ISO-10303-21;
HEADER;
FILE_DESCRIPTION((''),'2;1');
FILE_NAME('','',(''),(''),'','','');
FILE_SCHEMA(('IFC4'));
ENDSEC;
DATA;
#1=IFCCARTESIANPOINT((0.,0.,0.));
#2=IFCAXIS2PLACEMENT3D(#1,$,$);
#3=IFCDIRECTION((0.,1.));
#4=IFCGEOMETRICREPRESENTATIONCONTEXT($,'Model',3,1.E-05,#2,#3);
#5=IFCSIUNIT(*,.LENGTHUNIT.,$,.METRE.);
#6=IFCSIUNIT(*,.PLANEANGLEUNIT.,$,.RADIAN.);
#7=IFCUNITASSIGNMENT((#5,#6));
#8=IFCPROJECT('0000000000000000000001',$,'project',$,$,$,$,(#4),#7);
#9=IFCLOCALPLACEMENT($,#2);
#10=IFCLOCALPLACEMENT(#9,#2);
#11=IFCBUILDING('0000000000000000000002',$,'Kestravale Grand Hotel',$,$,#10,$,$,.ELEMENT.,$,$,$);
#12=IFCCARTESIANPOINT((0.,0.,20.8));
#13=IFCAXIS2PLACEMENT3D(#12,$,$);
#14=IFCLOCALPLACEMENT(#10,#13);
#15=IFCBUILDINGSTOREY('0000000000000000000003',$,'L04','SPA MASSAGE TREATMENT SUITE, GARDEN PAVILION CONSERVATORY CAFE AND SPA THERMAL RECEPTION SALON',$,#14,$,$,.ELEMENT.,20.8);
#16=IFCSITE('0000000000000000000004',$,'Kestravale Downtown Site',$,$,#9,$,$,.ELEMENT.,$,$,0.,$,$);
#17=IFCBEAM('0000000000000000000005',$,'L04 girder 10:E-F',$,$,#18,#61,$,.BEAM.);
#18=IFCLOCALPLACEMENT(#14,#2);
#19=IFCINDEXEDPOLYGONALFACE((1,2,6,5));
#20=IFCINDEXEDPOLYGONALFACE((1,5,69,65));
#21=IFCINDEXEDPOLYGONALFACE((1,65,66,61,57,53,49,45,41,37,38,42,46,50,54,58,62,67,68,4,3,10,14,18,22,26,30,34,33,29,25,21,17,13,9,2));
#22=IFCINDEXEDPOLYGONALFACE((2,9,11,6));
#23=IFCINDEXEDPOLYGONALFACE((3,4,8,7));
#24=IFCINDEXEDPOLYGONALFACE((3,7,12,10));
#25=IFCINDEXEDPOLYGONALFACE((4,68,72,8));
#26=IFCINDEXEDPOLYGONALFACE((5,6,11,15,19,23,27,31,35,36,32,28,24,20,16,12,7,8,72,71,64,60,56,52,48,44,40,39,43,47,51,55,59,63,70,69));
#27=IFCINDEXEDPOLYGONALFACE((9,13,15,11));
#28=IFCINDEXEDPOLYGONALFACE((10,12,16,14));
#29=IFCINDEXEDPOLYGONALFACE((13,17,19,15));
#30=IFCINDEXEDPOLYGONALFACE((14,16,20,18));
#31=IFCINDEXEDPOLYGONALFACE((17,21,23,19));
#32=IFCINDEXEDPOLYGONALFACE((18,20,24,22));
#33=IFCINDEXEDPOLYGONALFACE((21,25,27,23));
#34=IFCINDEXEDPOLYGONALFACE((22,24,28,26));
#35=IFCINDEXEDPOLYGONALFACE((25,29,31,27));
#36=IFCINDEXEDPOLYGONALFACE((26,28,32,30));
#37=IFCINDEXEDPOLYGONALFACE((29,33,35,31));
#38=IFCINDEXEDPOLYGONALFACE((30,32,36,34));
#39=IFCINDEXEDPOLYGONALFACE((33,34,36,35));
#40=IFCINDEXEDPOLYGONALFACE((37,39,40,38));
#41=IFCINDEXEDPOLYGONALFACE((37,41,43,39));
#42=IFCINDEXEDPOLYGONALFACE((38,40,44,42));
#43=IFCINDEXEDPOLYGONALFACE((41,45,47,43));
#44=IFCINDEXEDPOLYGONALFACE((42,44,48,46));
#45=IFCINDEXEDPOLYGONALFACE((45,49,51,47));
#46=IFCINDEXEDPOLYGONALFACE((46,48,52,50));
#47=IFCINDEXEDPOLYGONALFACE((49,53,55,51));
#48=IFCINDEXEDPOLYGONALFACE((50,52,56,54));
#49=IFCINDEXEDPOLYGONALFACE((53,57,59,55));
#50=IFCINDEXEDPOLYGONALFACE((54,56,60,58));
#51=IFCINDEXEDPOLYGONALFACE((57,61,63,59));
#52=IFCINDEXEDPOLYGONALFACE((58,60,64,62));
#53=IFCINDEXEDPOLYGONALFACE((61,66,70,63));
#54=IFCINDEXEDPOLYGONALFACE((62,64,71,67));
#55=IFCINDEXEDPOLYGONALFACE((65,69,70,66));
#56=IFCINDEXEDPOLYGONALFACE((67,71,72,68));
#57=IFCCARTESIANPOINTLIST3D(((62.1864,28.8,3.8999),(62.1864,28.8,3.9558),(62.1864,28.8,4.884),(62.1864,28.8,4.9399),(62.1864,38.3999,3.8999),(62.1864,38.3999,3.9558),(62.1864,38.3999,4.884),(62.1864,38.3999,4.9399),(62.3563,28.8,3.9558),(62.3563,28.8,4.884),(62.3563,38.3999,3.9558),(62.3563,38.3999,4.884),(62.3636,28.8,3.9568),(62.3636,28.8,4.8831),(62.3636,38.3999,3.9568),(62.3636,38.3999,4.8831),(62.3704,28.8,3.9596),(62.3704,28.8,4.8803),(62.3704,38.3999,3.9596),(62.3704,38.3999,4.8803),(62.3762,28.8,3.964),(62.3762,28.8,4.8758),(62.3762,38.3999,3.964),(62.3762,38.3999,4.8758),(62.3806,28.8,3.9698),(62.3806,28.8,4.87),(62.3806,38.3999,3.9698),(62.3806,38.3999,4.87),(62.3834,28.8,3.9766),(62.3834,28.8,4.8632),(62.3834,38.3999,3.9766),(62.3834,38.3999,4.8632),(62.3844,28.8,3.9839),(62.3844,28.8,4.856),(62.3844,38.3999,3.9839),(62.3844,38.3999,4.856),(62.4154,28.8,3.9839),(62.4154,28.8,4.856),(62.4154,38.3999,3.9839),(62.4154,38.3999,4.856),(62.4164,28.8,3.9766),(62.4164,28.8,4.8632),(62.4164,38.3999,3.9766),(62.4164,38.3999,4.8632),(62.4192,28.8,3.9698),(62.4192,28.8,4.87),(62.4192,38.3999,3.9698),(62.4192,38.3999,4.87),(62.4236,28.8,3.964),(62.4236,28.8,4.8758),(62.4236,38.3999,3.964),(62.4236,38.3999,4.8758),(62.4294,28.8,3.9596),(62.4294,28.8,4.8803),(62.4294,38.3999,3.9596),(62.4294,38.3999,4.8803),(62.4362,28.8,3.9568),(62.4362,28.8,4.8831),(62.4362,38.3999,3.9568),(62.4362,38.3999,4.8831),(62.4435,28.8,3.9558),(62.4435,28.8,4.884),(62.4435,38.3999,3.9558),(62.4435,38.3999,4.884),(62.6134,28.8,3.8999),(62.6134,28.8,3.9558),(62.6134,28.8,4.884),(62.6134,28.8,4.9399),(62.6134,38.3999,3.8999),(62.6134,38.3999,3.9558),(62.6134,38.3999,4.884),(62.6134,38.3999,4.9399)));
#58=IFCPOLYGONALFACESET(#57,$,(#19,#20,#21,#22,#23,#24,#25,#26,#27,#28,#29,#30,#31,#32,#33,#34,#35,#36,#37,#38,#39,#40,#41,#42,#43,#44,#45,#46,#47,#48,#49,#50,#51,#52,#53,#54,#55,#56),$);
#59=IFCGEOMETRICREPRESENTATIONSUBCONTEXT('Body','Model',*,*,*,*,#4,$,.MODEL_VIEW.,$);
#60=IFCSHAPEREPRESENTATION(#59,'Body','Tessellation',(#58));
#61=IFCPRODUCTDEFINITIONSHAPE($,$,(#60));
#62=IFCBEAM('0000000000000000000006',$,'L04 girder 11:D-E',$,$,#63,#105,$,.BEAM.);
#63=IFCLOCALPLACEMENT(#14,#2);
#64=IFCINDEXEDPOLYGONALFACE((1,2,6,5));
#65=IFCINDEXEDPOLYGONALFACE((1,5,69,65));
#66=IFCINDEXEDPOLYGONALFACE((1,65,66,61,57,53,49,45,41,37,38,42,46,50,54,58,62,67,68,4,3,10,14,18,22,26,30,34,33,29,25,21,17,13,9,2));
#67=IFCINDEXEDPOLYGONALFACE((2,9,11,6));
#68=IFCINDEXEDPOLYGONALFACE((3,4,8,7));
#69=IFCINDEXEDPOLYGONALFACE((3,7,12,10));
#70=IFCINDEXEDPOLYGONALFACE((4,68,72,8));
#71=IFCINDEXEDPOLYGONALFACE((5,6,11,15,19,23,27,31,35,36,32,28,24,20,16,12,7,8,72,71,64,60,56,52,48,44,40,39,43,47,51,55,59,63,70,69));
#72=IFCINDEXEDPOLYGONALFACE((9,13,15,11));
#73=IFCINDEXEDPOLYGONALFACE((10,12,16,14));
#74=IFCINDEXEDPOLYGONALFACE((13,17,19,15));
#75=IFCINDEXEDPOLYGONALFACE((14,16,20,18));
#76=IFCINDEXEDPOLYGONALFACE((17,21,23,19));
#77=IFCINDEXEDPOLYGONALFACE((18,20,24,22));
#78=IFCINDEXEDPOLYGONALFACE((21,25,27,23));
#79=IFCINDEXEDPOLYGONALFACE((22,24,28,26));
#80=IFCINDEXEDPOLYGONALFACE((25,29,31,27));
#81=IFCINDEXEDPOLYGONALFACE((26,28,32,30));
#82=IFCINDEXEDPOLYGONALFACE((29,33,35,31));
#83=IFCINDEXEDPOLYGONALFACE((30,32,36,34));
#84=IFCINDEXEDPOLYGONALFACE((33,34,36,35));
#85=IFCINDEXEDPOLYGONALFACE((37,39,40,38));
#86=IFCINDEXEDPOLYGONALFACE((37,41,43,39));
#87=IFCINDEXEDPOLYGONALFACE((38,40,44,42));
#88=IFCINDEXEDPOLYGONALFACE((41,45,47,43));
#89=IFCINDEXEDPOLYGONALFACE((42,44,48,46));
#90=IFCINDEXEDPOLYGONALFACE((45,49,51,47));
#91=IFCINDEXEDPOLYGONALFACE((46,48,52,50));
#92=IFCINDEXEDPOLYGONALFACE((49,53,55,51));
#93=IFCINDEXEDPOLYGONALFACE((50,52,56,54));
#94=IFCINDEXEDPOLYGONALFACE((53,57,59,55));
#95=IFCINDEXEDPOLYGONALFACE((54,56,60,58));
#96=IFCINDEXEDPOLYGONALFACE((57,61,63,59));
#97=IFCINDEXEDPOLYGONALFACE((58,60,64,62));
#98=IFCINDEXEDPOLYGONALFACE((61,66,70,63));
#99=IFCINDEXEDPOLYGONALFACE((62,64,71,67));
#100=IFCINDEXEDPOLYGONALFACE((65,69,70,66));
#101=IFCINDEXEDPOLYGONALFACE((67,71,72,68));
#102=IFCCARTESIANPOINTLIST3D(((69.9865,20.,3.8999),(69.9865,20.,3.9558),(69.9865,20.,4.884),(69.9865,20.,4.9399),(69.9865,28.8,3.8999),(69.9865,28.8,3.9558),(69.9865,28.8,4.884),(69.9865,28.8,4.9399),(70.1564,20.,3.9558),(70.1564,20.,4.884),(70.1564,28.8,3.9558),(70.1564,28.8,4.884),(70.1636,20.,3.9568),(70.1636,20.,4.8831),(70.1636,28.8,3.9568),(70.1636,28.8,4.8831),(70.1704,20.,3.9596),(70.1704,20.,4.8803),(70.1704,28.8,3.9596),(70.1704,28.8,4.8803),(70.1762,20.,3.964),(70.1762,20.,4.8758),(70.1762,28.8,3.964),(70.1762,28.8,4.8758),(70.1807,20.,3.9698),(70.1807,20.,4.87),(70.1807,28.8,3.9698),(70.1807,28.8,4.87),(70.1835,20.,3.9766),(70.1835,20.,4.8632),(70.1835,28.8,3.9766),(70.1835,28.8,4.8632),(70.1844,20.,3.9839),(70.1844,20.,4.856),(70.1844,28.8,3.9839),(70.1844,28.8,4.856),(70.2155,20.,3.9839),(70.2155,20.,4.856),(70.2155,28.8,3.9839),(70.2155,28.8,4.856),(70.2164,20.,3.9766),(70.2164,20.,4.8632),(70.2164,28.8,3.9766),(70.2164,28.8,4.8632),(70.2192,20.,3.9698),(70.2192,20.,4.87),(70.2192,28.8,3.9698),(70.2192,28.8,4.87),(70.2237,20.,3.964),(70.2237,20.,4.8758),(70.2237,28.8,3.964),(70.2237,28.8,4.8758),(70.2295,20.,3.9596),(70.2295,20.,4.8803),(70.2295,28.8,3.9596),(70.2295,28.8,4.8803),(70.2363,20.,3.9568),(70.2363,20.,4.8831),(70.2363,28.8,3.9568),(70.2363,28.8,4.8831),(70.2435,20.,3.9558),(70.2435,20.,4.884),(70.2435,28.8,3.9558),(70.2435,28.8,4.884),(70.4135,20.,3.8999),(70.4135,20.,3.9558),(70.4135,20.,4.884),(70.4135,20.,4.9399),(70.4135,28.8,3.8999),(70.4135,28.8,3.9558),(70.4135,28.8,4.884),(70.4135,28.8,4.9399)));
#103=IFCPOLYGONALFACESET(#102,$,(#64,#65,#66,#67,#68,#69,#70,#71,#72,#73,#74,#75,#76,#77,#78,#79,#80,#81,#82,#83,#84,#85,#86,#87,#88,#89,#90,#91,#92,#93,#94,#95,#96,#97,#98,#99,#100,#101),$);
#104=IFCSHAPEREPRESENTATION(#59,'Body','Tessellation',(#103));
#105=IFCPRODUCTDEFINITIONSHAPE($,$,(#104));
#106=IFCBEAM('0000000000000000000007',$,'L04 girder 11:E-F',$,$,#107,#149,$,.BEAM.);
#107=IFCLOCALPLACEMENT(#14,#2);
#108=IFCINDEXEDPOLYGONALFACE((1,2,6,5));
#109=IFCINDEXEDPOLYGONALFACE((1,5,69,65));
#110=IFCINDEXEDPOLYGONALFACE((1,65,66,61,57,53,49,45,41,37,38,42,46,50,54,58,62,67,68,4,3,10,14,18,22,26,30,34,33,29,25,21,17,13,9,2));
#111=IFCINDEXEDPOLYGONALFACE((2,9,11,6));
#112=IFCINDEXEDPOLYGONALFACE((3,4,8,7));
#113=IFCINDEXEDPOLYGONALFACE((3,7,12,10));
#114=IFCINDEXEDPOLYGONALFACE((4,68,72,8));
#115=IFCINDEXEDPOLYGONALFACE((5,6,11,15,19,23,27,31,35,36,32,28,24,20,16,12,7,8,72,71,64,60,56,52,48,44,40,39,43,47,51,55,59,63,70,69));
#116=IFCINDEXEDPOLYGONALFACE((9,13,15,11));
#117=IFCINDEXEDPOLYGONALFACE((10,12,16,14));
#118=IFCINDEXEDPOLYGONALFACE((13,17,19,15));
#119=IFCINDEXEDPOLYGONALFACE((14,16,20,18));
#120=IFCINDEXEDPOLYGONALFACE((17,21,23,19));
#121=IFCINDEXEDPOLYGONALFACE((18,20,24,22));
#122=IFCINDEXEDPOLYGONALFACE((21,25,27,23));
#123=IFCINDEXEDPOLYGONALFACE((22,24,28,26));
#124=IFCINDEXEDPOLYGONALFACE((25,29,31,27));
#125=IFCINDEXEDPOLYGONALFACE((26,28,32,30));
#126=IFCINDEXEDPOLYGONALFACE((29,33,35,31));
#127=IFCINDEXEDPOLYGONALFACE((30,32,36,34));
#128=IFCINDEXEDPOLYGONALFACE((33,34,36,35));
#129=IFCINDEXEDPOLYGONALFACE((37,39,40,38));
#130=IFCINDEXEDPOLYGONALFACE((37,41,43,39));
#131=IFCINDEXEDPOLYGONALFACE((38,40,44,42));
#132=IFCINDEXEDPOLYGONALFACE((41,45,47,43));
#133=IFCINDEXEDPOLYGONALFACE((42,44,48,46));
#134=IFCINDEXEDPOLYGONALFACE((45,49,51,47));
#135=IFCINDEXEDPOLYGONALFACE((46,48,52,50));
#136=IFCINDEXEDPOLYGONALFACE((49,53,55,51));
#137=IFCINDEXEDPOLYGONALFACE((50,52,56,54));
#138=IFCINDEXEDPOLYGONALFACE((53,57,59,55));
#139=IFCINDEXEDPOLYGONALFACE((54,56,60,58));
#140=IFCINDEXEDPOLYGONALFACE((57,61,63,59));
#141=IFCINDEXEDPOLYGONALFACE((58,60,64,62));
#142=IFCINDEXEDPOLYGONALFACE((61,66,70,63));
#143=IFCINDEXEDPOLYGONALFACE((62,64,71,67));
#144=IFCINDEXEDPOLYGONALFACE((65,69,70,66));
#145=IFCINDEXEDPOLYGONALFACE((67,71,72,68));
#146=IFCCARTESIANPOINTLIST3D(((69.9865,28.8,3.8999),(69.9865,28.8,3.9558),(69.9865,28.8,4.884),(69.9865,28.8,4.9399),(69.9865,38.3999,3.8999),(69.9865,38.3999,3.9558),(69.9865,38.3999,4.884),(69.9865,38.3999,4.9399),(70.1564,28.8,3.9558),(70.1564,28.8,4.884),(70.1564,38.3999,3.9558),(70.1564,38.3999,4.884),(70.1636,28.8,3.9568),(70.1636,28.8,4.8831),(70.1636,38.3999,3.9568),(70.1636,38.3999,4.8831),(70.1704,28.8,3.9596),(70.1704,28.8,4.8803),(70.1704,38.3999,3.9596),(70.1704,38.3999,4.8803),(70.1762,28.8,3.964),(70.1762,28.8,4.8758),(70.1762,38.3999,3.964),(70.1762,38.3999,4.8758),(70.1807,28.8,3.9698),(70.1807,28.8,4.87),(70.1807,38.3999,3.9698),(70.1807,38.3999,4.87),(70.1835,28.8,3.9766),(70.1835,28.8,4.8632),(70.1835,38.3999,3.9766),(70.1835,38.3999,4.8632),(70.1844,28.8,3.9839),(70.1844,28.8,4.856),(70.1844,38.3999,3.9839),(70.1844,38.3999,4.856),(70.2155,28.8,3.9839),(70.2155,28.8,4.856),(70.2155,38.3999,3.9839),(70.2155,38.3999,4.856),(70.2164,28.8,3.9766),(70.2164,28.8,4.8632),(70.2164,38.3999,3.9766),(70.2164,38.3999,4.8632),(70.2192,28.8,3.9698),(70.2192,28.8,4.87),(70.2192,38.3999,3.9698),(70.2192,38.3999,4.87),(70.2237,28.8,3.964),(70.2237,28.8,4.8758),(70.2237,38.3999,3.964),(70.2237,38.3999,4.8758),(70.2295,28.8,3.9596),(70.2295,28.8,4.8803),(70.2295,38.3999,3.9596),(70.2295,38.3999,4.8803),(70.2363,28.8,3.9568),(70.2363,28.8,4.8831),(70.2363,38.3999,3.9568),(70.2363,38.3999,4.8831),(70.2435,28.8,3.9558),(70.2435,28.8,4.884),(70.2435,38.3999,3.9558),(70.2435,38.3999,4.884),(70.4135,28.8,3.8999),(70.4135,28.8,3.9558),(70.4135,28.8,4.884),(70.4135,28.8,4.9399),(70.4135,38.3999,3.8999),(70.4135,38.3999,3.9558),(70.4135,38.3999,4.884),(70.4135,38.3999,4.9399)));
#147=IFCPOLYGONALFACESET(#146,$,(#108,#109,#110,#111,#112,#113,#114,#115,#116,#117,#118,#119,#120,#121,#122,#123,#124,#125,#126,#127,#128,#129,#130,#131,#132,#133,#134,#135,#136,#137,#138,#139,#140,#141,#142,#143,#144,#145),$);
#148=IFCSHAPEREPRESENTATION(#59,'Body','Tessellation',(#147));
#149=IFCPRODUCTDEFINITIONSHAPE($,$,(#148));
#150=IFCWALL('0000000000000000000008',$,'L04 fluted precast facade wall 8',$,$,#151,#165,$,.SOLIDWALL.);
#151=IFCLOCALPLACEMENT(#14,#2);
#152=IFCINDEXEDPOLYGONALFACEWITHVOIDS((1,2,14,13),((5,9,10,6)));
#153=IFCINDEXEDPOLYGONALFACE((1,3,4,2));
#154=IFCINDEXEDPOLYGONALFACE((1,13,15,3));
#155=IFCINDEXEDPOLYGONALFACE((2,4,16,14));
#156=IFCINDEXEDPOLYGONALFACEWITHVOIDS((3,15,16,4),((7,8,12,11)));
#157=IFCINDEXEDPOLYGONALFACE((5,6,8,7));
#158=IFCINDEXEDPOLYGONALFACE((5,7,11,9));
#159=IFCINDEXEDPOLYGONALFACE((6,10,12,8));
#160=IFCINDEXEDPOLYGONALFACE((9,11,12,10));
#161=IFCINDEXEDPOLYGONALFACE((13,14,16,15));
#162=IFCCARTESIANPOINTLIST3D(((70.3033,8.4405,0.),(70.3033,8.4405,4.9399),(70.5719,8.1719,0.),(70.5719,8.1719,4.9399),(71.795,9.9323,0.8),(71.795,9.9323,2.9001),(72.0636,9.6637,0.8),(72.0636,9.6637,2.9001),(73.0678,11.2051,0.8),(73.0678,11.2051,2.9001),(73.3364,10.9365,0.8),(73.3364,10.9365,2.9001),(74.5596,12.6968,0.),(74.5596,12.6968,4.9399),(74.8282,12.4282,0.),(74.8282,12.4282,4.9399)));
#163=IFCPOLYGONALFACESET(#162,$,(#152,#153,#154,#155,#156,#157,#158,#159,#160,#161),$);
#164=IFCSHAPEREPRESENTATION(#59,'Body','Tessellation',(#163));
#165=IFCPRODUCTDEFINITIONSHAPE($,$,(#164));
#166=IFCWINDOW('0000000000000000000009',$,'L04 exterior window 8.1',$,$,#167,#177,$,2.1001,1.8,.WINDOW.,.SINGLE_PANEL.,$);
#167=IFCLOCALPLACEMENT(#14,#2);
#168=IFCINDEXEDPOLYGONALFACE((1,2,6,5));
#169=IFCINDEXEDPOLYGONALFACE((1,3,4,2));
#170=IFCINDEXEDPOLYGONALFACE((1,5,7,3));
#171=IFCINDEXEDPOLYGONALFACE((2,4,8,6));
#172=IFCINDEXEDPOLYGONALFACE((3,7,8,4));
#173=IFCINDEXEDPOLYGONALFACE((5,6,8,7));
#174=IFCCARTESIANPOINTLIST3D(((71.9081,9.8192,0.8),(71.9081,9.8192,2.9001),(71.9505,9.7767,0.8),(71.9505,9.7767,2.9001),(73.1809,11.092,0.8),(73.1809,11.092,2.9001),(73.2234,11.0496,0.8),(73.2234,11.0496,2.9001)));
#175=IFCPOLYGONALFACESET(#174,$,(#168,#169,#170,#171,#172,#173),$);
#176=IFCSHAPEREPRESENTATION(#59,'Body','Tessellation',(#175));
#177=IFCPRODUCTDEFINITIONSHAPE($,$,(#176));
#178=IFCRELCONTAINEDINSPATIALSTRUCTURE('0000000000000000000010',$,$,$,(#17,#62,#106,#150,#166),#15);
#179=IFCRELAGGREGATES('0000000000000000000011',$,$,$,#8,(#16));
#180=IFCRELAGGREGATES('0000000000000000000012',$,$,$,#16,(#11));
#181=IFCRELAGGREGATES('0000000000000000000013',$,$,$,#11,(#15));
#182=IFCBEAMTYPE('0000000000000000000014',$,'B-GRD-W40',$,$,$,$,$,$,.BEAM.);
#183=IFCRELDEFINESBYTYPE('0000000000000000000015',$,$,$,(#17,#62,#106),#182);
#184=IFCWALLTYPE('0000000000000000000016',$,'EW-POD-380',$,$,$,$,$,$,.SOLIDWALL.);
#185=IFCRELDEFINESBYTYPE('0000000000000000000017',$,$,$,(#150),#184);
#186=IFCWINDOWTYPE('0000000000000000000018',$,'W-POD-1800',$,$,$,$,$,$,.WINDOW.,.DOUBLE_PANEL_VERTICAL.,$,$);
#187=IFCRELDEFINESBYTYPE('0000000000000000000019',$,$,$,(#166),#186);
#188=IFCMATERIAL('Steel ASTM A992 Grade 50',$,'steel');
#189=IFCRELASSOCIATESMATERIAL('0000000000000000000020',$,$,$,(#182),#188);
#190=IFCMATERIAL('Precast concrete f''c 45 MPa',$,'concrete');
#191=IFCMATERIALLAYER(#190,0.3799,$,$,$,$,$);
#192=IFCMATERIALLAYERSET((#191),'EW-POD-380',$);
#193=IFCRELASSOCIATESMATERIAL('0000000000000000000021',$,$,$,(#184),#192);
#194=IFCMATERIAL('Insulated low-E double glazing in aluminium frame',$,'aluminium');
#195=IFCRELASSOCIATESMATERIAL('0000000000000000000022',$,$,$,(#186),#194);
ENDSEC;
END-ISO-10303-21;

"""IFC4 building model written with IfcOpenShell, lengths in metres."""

from ifc_helpers import new_model, si_unit, direction, frame, frame_2d, origin, origin_2d, place, context, subcontext, project, spatial, rectangle, i_section, extrude, material, layer, layer_set, material_profile, profile_set, type_object, element, fill, save


model = new_model("IFC4")

# Units and contexts
model_context = context("Model", 3, precision=1e-05, world=origin(), true_north=direction((0.0, 1.0)))
body_context = subcontext(model_context, "Body", "Model", "MODEL_VIEW")
ifc_project = project(units=[si_unit("LENGTHUNIT", "METRE"), si_unit("PLANEANGLEUNIT", "RADIAN")], contexts=[model_context])

# Site, building, storey
site_placement = place(None, origin())
site = spatial("IfcSite", under=ifc_project, at=site_placement, Name="Kestravale Downtown Site", CompositionType="ELEMENT", RefElevation=0.0)
building_placement = place(site_placement, origin())
building = spatial("IfcBuilding", under=site, at=building_placement, Name="Kestravale Grand Hotel", CompositionType="ELEMENT")
storey_placement = place(building_placement, frame((0.0, 0.0, 20.8)))
storey = spatial("IfcBuildingStorey", under=building, at=storey_placement, Name="L04", Description="SPA MASSAGE TREATMENT SUITE, GARDEN PAVILION CONSERVATORY CAFE AND SPA THERMAL RECEPTION SALON", CompositionType="ELEMENT", Elevation=20.8)

# Beams
ifc_material_1 = material(Name="Steel ASTM A992 Grade 50", Category="steel")
ifc_material_profile_1 = material_profile(ifc_material_1, i_section(OverallWidth=0.427, OverallDepth=1.04, WebThickness=0.031, FlangeThickness=0.0559, FilletRadius=0.0281, at=origin_2d()))
ifc_profile_set_1 = profile_set([ifc_material_profile_1], Name="Steel ASTM A992 Grade 50")
beam_type_1 = type_object("IfcBeamType", Name="B-GRD-W40", PredefinedType="BEAM", material=ifc_profile_set_1)
beam_1_placement = place(storey_placement, frame((62.3999, 28.8, 4.4199), z_axis=(0.0, 1.0, 0.0), x_axis=(-1.0, 0.0, 0.0)))
element("IfcBeam", 1, at=beam_1_placement, inside=storey, type_object=beam_type_1, Name="L04 girder 10:E-F", PredefinedType="BEAM", context=body_context, shape_type="SweptSolid", body=[
    extrude(i_section(OverallWidth=0.427, OverallDepth=1.04, WebThickness=0.031, FlangeThickness=0.0559, FilletRadius=0.0281, at=origin_2d()), origin(), (0.0, 0.0, 1.0), 9.5999),
])
beam_2_placement = place(storey_placement, frame((70.2, 20.0, 4.4199), z_axis=(0.0, 1.0, 0.0), x_axis=(-1.0, 0.0, 0.0)))
element("IfcBeam", 2, at=beam_2_placement, inside=storey, type_object=beam_type_1, Name="L04 girder 11:D-E", PredefinedType="BEAM", context=body_context, shape_type="SweptSolid", body=[
    extrude(i_section(OverallWidth=0.427, OverallDepth=1.04, WebThickness=0.031, FlangeThickness=0.0559, FilletRadius=0.0281, at=origin_2d()), origin(), (0.0, 0.0, 1.0), 8.8),
])
beam_3_placement = place(storey_placement, frame((70.2, 28.8, 4.4199), z_axis=(0.0, 1.0, 0.0), x_axis=(-1.0, 0.0, 0.0)))
element("IfcBeam", 3, at=beam_3_placement, inside=storey, type_object=beam_type_1, Name="L04 girder 11:E-F", PredefinedType="BEAM", context=body_context, shape_type="SweptSolid", body=[
    extrude(i_section(OverallWidth=0.427, OverallDepth=1.04, WebThickness=0.031, FlangeThickness=0.0559, FilletRadius=0.0281, at=origin_2d()), origin(), (0.0, 0.0, 1.0), 9.5999),
])

# Wall, opening, window
ifc_material_2 = material(Name="Precast concrete f'c 45 MPa", Category="concrete")
ifc_layer = layer(ifc_material_2, 0.3799)
ifc_layer_set = layer_set([ifc_layer], Name="EW-POD-380")
wall_type = type_object("IfcWallType", Name="EW-POD-380", PredefinedType="SOLIDWALL", material=ifc_layer_set)
wall_1_placement = place(storey_placement, frame((70.4375, 8.3062, 0.0), z_axis=(0.0, 0.0, 1.0), x_axis=(0.707107, 0.707107, 0.0)))
wall_1 = element("IfcWall", 4, at=wall_1_placement, inside=storey, type_object=wall_type, Name="L04 fluted precast facade wall 8", PredefinedType="SOLIDWALL", context=body_context, shape_type="SweptSolid", body=[
    extrude(rectangle(XDim=6.0193, YDim=0.3799, at=frame_2d((3.0098, 0.0))), origin(), (0.0, 0.0, 1.0), 4.9399),
])
opening_1_placement = place(wall_1_placement, frame((2.1099, 0.0, 0.8)))
opening_1 = element("IfcOpeningElement", 5, at=opening_1_placement, cuts=wall_1, PredefinedType="OPENING", context=body_context, shape_type="SweptSolid", body=[
    extrude(rectangle(XDim=1.8, YDim=2.1001, at=frame_2d((0.8999, 1.05))), frame((0.0, 0.2, 0.0), z_axis=(0.0, -1.0, 0.0), x_axis=(1.0, 0.0, 0.0)), (0.0, 0.0, 1.0), 0.3999),
])
ifc_material_3 = material(Name="Insulated low-E double glazing in aluminium frame", Category="aluminium")
window_type_1 = type_object("IfcWindowType", Name="W-POD-1800", PartitioningType="DOUBLE_PANEL_VERTICAL", PredefinedType="WINDOW", material=ifc_material_3)
window_1_placement = place(opening_1_placement, origin())
window_1 = element("IfcWindow", 6, at=window_1_placement, inside=storey, type_object=window_type_1, Name="L04 exterior window 8.1", OverallHeight=2.1001, OverallWidth=1.8, PartitioningType="SINGLE_PANEL", PredefinedType="WINDOW", context=body_context, shape_type="SweptSolid", body=[
    extrude(rectangle(XDim=1.8, YDim=2.1001, at=frame_2d((0.8999, 1.05))), frame((0.0, 0.03, 0.0), z_axis=(0.0, -1.0, 0.0), x_axis=(1.0, 0.0, 0.0)), (0.0, 0.0, 1.0), 0.0601),
])
fill(opening_1, window_1)

save(model, "model.ifc")
